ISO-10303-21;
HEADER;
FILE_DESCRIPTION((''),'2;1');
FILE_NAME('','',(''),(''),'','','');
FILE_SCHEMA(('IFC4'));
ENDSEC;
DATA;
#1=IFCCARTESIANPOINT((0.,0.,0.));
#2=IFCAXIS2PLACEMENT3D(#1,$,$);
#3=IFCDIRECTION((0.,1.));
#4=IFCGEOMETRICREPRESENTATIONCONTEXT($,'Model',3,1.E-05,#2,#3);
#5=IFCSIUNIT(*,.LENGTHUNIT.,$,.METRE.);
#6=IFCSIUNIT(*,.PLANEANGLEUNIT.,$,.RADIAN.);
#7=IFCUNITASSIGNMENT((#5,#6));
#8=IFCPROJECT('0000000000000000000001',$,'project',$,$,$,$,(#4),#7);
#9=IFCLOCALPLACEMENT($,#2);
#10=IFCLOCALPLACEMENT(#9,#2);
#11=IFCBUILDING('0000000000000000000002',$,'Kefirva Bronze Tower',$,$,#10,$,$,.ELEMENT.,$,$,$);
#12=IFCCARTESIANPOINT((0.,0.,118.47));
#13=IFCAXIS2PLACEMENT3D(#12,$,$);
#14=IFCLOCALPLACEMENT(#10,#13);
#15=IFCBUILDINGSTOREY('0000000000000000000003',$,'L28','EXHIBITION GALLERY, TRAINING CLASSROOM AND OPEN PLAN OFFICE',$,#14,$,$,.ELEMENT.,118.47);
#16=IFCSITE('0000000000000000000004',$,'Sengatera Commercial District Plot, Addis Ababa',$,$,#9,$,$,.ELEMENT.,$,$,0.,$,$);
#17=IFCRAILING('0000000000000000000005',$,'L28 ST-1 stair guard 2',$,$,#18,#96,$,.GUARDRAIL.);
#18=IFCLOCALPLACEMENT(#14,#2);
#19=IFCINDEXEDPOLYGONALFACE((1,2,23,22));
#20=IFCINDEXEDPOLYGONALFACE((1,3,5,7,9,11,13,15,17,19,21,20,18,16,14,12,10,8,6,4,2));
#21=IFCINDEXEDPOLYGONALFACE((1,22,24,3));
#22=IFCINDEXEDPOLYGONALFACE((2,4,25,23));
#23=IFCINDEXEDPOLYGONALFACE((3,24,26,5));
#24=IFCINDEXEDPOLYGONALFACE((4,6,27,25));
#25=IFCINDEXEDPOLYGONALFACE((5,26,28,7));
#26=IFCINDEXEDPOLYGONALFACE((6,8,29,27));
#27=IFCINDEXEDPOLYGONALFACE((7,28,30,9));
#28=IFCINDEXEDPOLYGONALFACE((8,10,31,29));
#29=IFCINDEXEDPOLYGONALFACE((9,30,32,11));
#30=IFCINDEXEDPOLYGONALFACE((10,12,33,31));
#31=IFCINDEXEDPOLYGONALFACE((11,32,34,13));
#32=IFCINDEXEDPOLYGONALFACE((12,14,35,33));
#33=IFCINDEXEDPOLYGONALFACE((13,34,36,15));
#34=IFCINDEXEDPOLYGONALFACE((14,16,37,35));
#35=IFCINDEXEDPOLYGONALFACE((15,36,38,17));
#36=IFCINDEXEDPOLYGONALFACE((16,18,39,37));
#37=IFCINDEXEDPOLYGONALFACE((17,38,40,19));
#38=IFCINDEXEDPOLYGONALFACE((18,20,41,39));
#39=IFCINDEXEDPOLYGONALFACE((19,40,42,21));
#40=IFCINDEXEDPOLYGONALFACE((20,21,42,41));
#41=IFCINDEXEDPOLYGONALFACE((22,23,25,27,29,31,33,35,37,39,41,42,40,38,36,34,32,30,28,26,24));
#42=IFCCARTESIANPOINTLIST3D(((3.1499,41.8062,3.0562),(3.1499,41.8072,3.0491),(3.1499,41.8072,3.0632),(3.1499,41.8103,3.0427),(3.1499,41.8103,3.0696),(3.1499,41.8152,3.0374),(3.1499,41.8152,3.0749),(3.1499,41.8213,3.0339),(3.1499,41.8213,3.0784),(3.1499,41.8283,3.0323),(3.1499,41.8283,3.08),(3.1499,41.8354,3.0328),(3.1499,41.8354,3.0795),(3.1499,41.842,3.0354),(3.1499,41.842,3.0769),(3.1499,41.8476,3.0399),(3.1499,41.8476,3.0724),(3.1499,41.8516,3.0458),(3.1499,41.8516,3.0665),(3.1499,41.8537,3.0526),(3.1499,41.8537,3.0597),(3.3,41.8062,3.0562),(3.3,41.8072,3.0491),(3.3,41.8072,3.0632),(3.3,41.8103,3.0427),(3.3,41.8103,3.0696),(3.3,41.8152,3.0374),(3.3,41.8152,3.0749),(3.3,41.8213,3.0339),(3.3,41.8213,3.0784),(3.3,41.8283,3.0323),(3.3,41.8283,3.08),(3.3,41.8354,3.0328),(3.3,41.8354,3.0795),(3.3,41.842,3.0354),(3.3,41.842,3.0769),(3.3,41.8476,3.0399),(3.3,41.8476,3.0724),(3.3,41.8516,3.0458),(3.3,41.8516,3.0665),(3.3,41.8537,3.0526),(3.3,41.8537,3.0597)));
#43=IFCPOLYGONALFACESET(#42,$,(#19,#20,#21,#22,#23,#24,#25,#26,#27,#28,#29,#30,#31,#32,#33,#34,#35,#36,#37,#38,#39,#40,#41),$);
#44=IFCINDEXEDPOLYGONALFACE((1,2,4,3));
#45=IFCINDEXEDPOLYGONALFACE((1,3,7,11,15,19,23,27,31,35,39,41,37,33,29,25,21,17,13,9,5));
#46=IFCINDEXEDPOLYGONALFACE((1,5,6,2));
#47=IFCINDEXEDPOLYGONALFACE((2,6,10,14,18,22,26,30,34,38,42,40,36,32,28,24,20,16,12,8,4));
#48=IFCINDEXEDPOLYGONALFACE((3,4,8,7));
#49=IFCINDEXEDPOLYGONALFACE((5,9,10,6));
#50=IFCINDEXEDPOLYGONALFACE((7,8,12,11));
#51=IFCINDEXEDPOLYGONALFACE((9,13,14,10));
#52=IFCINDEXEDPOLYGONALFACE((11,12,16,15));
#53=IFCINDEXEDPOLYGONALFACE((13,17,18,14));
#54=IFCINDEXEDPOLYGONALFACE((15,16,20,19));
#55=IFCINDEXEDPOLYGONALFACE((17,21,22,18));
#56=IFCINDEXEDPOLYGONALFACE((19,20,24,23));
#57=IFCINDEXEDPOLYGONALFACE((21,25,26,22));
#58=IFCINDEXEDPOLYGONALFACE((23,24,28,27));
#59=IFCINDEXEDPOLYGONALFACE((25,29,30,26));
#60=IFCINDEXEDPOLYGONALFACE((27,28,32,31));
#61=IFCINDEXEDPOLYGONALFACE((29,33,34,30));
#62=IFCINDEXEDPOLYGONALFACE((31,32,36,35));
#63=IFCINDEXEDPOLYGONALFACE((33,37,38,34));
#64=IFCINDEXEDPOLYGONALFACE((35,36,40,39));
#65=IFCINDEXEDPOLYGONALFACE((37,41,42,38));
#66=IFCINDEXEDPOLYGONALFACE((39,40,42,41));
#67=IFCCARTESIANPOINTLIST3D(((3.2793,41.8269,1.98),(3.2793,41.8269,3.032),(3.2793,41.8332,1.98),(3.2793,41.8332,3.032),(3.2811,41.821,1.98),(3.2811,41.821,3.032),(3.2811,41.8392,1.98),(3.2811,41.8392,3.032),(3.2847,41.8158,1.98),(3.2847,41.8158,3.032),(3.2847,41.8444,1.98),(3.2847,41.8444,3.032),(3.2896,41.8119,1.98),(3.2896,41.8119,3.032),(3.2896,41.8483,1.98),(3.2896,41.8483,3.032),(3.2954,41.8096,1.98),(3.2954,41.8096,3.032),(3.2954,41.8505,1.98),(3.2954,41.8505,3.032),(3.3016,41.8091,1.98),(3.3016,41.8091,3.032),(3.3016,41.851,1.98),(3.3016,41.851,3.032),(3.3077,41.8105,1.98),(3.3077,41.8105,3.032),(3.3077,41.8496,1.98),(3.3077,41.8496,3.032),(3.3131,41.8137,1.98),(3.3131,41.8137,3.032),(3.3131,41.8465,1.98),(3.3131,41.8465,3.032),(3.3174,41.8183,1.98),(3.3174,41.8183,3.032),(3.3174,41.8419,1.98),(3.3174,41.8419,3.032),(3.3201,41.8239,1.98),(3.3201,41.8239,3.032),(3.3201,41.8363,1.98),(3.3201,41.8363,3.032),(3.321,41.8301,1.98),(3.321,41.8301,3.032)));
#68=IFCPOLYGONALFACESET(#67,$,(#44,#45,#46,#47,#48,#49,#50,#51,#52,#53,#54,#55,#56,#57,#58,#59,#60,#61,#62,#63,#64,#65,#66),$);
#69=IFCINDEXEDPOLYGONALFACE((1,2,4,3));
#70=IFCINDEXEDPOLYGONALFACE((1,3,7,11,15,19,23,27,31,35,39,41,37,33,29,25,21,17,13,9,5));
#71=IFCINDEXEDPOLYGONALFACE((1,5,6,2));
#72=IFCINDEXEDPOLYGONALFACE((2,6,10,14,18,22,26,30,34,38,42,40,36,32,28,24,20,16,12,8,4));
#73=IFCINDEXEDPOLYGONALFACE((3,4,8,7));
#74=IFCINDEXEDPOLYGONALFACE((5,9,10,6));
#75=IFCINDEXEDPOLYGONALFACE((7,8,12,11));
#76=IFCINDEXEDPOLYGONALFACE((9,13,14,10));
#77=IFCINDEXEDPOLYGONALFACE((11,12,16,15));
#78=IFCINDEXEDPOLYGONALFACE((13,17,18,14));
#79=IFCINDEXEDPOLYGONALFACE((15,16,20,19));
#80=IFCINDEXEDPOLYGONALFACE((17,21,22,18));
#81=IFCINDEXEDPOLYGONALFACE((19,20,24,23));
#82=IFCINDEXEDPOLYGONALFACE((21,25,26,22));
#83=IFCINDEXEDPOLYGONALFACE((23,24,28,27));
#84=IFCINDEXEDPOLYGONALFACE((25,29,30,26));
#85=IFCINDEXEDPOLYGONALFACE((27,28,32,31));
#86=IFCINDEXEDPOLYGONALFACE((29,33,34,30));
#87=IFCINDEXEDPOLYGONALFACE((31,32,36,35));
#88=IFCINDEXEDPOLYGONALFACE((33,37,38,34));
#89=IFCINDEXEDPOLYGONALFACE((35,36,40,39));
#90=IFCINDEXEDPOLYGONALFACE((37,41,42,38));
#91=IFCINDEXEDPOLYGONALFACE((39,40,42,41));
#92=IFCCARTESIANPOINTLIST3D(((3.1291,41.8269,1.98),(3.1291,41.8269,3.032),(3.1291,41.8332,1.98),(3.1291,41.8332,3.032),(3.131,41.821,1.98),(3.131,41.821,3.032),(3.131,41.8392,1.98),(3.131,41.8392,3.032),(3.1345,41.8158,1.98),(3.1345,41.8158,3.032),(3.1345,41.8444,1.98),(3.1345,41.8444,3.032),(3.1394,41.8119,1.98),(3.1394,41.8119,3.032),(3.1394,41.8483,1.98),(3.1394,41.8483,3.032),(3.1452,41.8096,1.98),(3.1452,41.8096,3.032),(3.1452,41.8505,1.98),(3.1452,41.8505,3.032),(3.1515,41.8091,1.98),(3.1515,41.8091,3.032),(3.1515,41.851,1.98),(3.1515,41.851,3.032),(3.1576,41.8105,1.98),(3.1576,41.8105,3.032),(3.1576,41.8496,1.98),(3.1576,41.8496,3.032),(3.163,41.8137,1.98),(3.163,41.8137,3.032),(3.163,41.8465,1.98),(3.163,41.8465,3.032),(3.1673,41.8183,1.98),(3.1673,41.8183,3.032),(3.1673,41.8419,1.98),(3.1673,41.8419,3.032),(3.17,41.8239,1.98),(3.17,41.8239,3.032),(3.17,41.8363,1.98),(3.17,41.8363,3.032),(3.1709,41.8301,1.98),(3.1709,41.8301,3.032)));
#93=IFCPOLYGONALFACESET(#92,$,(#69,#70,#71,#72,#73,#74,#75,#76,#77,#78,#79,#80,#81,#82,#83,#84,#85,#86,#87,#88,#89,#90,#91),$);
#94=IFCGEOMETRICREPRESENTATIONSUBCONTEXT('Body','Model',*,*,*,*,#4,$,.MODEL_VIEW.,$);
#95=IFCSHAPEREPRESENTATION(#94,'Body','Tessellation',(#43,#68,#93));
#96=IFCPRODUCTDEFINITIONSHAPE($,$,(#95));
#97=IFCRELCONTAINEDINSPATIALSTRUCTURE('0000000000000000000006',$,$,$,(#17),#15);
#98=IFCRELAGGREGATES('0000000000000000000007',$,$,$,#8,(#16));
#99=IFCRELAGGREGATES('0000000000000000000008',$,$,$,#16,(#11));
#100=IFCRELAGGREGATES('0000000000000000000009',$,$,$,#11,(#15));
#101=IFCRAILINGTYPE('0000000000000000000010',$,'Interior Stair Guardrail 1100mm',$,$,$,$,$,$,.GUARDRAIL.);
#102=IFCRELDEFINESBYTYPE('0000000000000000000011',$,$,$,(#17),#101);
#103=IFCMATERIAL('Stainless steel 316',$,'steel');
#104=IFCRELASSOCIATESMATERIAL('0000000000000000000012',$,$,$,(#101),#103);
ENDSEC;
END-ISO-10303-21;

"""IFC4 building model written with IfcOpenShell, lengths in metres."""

from ifc_helpers import new_model, si_unit, direction, frame, origin, origin_2d, place, context, subcontext, project, spatial, circle, extrude, material, type_object, element, save


model = new_model("IFC4")

# Units and contexts
model_context = context("Model", 3, precision=1e-05, world=origin(), true_north=direction((0.0, 1.0)))
body_context = subcontext(model_context, "Body", "Model", "MODEL_VIEW")
ifc_project = project(units=[si_unit("LENGTHUNIT", "METRE"), si_unit("PLANEANGLEUNIT", "RADIAN")], contexts=[model_context])

# Site, building, storey
site_placement = place(None, origin())
site = spatial("IfcSite", under=ifc_project, at=site_placement, Name="Sengatera Commercial District Plot, Addis Ababa", CompositionType="ELEMENT", RefElevation=0.0)
building_placement = place(site_placement, origin())
building = spatial("IfcBuilding", under=site, at=building_placement, Name="Kefirva Bronze Tower", CompositionType="ELEMENT")
storey_placement = place(building_placement, frame((0.0, 0.0, 118.47)))
storey = spatial("IfcBuildingStorey", under=building, at=storey_placement, Name="L28", Description="EXHIBITION GALLERY, TRAINING CLASSROOM AND OPEN PLAN OFFICE", CompositionType="ELEMENT", Elevation=118.47)

# Railing
ifc_material_1 = material(Name="Stainless steel 316", Category="steel")
railing_type_1 = type_object("IfcRailingType", Name="Interior Stair Guardrail 1100mm", PredefinedType="GUARDRAIL", material=ifc_material_1)
railing_1_placement = place(storey_placement, frame((3.3, 41.8301, 1.98)))
element("IfcRailing", 1, at=railing_1_placement, inside=storey, type_object=railing_type_1, Name="L28 ST-1 stair guard 2", PredefinedType="GUARDRAIL", context=body_context, shape_type="SweptSolid", body=[
    extrude(circle(Radius=0.0239, at=origin_2d()), frame((0.0, 0.0, 1.0762), z_axis=(-1.0, 0.0, 0.0), x_axis=(0.0, -1.0, 0.0)), (0.0, 0.0, 1.0), 0.1501),
    extrude(circle(Radius=0.021, at=origin_2d()), origin(), (0.0, 0.0, 1.0), 1.052),
    extrude(circle(Radius=0.021, at=origin_2d()), frame((-0.1501, 0.0, 0.0)), (0.0, 0.0, 1.0), 1.052),
])

save(model, "model.ifc")
